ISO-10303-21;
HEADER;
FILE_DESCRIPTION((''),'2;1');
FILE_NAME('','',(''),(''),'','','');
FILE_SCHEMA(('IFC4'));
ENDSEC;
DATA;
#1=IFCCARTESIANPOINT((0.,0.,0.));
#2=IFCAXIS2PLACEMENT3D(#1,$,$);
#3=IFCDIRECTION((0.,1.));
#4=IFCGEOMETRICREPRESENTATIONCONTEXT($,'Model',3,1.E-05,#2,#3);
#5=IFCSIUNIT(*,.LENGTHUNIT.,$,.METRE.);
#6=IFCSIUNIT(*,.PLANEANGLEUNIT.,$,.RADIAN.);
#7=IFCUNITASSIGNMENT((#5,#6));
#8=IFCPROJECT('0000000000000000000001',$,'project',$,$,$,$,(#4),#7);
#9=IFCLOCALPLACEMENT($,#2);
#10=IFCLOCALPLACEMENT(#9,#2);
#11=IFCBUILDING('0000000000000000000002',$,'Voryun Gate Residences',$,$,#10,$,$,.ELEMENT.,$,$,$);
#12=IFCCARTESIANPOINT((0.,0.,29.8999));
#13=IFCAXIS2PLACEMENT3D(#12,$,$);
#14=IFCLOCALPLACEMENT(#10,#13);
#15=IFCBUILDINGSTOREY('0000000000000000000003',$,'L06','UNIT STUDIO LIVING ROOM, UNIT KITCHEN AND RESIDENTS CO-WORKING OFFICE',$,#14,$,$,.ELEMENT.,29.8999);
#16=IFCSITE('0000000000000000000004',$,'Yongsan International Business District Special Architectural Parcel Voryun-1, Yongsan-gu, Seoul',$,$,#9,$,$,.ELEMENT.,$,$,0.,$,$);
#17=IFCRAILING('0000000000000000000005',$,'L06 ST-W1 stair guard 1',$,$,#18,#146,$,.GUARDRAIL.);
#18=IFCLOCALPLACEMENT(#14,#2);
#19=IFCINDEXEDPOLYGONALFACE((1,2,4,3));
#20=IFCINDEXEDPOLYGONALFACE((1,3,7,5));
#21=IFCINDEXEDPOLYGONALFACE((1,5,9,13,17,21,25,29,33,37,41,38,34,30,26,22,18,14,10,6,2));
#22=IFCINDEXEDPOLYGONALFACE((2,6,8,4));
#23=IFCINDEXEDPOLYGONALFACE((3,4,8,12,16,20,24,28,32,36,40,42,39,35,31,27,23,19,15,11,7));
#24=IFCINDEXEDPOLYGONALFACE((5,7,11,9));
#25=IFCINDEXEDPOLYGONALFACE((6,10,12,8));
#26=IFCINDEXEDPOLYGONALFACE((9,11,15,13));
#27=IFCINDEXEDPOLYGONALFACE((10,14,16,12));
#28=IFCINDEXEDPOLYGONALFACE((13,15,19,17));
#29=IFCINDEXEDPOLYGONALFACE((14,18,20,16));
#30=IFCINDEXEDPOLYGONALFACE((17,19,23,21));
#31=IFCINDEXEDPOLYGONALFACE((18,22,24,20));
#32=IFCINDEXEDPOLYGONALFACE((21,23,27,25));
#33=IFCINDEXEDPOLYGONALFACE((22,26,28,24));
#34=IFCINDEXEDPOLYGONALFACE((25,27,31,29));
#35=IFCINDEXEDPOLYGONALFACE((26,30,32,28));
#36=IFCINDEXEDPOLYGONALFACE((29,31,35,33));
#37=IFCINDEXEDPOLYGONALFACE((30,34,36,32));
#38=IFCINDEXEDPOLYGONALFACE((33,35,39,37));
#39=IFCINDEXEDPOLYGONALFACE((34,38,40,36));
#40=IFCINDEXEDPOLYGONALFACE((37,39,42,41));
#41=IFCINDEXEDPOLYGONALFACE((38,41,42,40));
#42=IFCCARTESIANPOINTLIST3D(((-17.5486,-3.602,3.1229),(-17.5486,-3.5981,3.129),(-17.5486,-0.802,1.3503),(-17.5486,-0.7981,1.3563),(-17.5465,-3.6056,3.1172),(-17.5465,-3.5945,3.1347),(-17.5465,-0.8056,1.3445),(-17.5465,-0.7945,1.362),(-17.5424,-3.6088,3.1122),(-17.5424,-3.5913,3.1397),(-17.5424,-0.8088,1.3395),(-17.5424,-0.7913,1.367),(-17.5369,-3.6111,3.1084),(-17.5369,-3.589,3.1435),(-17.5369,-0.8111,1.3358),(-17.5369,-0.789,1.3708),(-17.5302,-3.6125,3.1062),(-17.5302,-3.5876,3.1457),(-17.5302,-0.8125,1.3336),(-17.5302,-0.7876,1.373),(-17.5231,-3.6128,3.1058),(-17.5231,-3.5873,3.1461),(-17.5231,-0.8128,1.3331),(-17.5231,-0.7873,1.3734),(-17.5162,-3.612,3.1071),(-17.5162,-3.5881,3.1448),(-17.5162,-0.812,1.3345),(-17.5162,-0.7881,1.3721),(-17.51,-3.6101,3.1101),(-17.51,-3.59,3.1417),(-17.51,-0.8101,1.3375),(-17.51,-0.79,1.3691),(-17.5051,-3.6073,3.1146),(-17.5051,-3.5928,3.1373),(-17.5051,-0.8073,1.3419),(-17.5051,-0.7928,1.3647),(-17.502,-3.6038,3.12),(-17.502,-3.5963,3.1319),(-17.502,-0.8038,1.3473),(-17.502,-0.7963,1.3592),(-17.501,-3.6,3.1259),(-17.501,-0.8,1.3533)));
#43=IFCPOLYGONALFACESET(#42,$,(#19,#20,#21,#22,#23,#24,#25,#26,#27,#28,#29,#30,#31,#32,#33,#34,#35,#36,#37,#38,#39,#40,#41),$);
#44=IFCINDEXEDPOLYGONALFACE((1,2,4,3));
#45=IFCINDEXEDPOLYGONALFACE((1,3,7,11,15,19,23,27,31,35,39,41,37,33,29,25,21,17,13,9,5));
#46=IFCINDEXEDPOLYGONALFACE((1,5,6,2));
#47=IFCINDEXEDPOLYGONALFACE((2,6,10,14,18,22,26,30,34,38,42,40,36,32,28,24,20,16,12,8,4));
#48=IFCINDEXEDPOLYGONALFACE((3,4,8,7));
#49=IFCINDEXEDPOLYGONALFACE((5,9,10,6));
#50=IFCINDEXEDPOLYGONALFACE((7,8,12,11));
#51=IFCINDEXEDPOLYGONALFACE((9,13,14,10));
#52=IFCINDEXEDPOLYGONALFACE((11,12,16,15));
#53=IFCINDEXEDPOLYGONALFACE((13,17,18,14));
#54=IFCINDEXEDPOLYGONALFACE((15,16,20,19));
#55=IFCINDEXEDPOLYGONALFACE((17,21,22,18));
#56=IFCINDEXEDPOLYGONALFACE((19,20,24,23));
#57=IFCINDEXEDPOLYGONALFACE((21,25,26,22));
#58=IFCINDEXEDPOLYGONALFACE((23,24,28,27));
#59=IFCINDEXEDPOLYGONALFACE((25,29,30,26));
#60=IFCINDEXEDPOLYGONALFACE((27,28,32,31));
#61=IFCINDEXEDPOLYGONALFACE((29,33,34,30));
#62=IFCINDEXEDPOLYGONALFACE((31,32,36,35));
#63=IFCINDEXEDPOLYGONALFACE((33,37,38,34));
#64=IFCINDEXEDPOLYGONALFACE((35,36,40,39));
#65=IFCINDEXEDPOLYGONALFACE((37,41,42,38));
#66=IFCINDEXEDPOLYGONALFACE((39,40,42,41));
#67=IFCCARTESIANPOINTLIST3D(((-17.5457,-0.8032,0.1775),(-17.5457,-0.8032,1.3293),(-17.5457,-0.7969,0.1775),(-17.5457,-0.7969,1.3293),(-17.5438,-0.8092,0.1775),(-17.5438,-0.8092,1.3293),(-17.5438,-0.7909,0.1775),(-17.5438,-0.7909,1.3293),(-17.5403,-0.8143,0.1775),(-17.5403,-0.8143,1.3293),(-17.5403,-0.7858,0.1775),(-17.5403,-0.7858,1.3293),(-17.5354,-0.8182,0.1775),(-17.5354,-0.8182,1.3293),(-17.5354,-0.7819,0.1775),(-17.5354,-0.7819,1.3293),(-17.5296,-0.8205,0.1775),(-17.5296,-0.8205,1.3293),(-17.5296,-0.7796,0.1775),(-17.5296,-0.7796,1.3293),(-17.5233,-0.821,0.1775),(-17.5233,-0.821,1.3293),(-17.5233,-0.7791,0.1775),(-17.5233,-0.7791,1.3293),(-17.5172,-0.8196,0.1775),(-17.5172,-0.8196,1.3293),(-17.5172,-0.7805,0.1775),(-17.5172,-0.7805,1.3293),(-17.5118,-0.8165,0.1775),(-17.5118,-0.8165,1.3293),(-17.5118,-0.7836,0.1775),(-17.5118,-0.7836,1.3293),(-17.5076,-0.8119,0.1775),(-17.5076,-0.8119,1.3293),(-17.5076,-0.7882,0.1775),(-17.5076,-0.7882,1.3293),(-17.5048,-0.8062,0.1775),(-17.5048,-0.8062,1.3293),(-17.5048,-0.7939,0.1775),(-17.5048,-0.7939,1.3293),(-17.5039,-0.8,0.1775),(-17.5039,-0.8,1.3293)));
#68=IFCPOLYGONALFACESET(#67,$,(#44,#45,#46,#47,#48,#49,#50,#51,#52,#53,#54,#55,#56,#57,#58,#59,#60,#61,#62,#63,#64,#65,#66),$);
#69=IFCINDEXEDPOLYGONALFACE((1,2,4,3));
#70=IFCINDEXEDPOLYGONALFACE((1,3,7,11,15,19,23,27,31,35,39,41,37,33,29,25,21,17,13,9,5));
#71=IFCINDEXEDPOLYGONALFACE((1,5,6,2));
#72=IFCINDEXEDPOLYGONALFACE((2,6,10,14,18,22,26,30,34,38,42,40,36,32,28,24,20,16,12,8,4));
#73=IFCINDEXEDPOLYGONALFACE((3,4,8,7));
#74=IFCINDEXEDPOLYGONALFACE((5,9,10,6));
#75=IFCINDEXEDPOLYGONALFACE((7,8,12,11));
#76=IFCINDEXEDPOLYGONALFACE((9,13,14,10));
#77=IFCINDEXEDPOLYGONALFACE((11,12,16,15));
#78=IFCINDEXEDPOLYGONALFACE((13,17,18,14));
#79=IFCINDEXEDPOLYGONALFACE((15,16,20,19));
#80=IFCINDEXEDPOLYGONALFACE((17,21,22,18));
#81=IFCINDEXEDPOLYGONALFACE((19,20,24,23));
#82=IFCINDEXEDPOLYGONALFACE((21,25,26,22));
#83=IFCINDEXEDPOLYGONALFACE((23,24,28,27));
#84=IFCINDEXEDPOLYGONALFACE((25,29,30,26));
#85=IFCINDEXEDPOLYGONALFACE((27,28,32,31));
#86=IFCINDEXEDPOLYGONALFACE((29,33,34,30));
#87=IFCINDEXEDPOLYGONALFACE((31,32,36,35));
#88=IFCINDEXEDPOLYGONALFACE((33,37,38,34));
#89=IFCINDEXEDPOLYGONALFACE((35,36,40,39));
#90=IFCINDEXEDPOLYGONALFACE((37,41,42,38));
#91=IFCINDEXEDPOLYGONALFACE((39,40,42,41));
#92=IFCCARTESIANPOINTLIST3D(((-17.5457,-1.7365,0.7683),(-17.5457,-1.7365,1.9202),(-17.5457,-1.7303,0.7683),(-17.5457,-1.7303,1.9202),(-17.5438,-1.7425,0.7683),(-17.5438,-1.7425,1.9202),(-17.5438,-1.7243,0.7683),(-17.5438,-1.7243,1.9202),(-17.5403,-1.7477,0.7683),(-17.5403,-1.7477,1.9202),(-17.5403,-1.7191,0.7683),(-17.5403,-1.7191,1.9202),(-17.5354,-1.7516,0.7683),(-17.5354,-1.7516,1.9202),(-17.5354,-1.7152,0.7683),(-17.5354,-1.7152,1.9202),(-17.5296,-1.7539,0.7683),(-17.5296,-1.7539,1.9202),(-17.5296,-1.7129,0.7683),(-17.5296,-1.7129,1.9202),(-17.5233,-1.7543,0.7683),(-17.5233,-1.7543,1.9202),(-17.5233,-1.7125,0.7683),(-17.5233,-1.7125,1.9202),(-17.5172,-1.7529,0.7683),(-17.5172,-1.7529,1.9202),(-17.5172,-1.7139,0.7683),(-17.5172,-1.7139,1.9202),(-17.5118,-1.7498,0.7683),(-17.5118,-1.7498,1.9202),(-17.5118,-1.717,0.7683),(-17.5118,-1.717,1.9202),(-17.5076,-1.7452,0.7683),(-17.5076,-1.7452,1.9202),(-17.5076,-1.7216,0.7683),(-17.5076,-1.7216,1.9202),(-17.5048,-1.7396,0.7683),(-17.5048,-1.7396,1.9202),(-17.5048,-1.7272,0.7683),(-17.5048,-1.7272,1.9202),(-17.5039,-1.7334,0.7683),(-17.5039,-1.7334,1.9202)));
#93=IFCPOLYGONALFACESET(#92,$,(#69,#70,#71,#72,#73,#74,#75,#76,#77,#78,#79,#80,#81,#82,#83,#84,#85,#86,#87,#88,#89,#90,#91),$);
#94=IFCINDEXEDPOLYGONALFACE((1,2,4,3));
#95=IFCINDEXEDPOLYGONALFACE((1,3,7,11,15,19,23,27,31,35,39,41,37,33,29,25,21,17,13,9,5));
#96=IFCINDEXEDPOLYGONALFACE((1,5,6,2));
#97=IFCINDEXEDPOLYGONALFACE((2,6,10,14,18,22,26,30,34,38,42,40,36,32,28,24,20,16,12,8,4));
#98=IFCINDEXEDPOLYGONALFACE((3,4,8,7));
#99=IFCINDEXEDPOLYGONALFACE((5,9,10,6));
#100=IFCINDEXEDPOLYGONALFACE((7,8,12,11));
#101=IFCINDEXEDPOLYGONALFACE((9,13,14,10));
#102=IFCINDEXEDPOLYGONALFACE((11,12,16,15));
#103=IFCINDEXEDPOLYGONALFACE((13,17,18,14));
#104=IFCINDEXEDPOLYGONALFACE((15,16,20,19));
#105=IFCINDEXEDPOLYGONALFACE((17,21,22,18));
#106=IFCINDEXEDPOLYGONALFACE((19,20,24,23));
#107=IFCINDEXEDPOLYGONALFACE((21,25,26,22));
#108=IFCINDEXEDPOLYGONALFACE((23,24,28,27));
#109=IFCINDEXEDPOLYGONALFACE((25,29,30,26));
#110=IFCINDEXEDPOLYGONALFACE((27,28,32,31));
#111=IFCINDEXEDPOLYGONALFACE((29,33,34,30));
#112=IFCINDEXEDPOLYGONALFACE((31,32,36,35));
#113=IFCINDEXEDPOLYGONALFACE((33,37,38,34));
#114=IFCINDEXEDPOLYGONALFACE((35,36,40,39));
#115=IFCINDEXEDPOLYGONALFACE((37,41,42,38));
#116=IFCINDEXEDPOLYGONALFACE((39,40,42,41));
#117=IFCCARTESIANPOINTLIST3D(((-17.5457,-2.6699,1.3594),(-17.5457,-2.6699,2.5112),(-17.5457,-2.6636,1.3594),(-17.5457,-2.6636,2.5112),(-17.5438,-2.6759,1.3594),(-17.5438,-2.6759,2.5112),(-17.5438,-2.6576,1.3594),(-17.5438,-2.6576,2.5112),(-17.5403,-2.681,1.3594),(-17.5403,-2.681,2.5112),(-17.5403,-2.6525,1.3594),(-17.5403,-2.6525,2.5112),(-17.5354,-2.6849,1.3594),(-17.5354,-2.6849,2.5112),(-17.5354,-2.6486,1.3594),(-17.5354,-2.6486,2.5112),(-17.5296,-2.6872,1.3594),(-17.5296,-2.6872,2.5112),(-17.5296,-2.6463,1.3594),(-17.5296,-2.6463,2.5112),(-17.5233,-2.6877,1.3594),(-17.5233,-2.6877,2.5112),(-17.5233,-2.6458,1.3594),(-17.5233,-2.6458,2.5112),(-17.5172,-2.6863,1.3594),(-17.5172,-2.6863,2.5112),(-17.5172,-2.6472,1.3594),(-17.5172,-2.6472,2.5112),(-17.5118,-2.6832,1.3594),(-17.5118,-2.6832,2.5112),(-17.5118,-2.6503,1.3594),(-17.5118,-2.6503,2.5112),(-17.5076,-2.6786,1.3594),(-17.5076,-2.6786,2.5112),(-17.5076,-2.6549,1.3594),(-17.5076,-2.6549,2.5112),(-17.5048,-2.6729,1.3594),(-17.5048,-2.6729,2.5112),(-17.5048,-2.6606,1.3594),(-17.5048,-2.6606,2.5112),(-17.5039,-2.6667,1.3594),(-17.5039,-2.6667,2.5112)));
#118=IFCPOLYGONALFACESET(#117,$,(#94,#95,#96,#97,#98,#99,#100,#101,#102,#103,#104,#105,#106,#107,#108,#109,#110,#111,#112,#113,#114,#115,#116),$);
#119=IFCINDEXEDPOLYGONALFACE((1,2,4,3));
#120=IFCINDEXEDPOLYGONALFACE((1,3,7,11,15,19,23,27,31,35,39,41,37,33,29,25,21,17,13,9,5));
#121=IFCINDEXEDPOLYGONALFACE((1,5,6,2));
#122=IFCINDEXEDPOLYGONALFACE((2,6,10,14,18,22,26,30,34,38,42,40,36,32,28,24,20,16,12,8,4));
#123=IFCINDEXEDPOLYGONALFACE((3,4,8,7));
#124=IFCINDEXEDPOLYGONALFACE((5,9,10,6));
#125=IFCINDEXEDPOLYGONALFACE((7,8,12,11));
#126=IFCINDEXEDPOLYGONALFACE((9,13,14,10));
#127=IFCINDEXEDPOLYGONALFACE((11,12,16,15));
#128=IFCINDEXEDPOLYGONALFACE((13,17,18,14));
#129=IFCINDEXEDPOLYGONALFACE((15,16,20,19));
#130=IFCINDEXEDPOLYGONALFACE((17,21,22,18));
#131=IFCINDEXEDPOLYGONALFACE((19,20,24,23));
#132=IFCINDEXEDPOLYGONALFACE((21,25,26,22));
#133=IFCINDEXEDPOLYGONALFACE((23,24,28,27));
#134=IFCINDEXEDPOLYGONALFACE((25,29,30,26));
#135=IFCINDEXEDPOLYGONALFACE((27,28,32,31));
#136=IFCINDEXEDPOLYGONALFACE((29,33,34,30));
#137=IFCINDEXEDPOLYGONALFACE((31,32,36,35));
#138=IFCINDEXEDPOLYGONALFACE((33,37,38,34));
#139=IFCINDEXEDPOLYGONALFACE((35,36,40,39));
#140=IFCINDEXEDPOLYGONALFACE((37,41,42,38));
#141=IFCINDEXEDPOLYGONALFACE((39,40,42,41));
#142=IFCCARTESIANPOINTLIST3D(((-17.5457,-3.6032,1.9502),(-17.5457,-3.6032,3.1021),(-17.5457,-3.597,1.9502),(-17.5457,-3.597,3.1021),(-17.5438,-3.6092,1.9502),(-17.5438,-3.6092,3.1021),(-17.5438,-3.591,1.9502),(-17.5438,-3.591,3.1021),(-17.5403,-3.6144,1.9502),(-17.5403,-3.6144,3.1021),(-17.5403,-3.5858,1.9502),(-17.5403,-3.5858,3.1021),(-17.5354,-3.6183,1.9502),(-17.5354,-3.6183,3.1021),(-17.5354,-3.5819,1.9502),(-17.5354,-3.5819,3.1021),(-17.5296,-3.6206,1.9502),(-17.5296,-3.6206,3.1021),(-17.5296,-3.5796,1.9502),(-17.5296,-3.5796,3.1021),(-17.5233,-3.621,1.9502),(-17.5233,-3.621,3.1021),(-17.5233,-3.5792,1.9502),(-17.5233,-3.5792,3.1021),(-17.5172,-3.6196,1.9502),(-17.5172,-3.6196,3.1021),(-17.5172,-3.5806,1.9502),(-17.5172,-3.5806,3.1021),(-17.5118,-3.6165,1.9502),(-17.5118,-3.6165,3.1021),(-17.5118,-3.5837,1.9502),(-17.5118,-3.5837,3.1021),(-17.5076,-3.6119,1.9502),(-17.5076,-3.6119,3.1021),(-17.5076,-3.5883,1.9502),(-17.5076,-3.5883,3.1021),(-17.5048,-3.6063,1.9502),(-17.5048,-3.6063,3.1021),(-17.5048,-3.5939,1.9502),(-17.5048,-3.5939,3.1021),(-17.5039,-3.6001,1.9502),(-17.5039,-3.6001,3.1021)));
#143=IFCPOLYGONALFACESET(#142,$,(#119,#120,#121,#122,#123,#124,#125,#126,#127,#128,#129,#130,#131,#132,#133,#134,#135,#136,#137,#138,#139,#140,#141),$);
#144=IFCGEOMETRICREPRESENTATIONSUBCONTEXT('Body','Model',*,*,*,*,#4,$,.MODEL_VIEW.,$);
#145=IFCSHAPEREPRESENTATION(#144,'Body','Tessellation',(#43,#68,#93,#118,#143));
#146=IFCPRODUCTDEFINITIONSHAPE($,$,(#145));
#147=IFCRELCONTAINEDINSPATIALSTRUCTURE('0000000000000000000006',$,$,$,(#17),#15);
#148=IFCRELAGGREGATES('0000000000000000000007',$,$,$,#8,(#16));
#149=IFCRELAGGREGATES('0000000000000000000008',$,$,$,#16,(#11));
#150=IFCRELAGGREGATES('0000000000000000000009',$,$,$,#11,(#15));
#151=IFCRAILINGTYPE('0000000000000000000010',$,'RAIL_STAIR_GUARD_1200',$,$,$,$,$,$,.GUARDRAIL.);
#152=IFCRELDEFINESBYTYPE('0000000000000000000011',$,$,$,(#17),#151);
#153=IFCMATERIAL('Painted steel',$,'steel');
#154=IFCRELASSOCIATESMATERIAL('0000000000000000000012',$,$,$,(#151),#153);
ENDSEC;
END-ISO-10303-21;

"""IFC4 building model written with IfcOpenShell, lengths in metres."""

from ifc_helpers import new_model, si_unit, direction, frame, origin, origin_2d, place, context, subcontext, project, spatial, circle, extrude, material, type_object, element, save


model = new_model("IFC4")

# Units and contexts
model_context = context("Model", 3, precision=1e-05, world=origin(), true_north=direction((0.0, 1.0)))
body_context = subcontext(model_context, "Body", "Model", "MODEL_VIEW")
ifc_project = project(units=[si_unit("LENGTHUNIT", "METRE"), si_unit("PLANEANGLEUNIT", "RADIAN")], contexts=[model_context])

# Site, building, storey
site_placement = place(None, origin())
site = spatial("IfcSite", under=ifc_project, at=site_placement, Name="Yongsan International Business District Special Architectural Parcel Voryun-1, Yongsan-gu, Seoul", CompositionType="ELEMENT", RefElevation=0.0)
building_placement = place(site_placement, origin())
building = spatial("IfcBuilding", under=site, at=building_placement, Name="Voryun Gate Residences", CompositionType="ELEMENT")
storey_placement = place(building_placement, frame((0.0, 0.0, 29.8999)))
storey = spatial("IfcBuildingStorey", under=building, at=storey_placement, Name="L06", Description="UNIT STUDIO LIVING ROOM, UNIT KITCHEN AND RESIDENTS CO-WORKING OFFICE", CompositionType="ELEMENT", Elevation=29.8999)

# Railing
ifc_material_1 = material(Name="Painted steel", Category="steel")
railing_type_1 = type_object("IfcRailingType", Name="RAIL_STAIR_GUARD_1200", PredefinedType="GUARDRAIL", material=ifc_material_1)
railing_1_placement = place(storey_placement, frame((-17.5249, -0.8, 0.1775)))
element("IfcRailing", 1, at=railing_1_placement, inside=storey, type_object=railing_type_1, Name="L06 ST-W1 stair guard 1", PredefinedType="GUARDRAIL", context=body_context, shape_type="SweptSolid", body=[
    extrude(circle(Radius=0.0239, at=origin_2d()), frame((0.0, 0.0, 1.1758), z_axis=(0.0, -0.844909, 0.53491), x_axis=(1.0, 0.0, 0.0)), (0.0, 0.0, 1.0), 3.314),
    extrude(circle(Radius=0.021, at=origin_2d()), origin(), (0.0, 0.0, 1.0), 1.1519),
    extrude(circle(Radius=0.021, at=origin_2d()), frame((0.0, -0.9333, 0.5908)), (0.0, 0.0, 1.0), 1.1519),
    extrude(circle(Radius=0.021, at=origin_2d()), frame((0.0, -1.8667, 1.1819)), (0.0, 0.0, 1.0), 1.1519),
    extrude(circle(Radius=0.021, at=origin_2d()), frame((0.0, -2.8, 1.7727)), (0.0, 0.0, 1.0), 1.1519),
])

save(model, "model.ifc")
